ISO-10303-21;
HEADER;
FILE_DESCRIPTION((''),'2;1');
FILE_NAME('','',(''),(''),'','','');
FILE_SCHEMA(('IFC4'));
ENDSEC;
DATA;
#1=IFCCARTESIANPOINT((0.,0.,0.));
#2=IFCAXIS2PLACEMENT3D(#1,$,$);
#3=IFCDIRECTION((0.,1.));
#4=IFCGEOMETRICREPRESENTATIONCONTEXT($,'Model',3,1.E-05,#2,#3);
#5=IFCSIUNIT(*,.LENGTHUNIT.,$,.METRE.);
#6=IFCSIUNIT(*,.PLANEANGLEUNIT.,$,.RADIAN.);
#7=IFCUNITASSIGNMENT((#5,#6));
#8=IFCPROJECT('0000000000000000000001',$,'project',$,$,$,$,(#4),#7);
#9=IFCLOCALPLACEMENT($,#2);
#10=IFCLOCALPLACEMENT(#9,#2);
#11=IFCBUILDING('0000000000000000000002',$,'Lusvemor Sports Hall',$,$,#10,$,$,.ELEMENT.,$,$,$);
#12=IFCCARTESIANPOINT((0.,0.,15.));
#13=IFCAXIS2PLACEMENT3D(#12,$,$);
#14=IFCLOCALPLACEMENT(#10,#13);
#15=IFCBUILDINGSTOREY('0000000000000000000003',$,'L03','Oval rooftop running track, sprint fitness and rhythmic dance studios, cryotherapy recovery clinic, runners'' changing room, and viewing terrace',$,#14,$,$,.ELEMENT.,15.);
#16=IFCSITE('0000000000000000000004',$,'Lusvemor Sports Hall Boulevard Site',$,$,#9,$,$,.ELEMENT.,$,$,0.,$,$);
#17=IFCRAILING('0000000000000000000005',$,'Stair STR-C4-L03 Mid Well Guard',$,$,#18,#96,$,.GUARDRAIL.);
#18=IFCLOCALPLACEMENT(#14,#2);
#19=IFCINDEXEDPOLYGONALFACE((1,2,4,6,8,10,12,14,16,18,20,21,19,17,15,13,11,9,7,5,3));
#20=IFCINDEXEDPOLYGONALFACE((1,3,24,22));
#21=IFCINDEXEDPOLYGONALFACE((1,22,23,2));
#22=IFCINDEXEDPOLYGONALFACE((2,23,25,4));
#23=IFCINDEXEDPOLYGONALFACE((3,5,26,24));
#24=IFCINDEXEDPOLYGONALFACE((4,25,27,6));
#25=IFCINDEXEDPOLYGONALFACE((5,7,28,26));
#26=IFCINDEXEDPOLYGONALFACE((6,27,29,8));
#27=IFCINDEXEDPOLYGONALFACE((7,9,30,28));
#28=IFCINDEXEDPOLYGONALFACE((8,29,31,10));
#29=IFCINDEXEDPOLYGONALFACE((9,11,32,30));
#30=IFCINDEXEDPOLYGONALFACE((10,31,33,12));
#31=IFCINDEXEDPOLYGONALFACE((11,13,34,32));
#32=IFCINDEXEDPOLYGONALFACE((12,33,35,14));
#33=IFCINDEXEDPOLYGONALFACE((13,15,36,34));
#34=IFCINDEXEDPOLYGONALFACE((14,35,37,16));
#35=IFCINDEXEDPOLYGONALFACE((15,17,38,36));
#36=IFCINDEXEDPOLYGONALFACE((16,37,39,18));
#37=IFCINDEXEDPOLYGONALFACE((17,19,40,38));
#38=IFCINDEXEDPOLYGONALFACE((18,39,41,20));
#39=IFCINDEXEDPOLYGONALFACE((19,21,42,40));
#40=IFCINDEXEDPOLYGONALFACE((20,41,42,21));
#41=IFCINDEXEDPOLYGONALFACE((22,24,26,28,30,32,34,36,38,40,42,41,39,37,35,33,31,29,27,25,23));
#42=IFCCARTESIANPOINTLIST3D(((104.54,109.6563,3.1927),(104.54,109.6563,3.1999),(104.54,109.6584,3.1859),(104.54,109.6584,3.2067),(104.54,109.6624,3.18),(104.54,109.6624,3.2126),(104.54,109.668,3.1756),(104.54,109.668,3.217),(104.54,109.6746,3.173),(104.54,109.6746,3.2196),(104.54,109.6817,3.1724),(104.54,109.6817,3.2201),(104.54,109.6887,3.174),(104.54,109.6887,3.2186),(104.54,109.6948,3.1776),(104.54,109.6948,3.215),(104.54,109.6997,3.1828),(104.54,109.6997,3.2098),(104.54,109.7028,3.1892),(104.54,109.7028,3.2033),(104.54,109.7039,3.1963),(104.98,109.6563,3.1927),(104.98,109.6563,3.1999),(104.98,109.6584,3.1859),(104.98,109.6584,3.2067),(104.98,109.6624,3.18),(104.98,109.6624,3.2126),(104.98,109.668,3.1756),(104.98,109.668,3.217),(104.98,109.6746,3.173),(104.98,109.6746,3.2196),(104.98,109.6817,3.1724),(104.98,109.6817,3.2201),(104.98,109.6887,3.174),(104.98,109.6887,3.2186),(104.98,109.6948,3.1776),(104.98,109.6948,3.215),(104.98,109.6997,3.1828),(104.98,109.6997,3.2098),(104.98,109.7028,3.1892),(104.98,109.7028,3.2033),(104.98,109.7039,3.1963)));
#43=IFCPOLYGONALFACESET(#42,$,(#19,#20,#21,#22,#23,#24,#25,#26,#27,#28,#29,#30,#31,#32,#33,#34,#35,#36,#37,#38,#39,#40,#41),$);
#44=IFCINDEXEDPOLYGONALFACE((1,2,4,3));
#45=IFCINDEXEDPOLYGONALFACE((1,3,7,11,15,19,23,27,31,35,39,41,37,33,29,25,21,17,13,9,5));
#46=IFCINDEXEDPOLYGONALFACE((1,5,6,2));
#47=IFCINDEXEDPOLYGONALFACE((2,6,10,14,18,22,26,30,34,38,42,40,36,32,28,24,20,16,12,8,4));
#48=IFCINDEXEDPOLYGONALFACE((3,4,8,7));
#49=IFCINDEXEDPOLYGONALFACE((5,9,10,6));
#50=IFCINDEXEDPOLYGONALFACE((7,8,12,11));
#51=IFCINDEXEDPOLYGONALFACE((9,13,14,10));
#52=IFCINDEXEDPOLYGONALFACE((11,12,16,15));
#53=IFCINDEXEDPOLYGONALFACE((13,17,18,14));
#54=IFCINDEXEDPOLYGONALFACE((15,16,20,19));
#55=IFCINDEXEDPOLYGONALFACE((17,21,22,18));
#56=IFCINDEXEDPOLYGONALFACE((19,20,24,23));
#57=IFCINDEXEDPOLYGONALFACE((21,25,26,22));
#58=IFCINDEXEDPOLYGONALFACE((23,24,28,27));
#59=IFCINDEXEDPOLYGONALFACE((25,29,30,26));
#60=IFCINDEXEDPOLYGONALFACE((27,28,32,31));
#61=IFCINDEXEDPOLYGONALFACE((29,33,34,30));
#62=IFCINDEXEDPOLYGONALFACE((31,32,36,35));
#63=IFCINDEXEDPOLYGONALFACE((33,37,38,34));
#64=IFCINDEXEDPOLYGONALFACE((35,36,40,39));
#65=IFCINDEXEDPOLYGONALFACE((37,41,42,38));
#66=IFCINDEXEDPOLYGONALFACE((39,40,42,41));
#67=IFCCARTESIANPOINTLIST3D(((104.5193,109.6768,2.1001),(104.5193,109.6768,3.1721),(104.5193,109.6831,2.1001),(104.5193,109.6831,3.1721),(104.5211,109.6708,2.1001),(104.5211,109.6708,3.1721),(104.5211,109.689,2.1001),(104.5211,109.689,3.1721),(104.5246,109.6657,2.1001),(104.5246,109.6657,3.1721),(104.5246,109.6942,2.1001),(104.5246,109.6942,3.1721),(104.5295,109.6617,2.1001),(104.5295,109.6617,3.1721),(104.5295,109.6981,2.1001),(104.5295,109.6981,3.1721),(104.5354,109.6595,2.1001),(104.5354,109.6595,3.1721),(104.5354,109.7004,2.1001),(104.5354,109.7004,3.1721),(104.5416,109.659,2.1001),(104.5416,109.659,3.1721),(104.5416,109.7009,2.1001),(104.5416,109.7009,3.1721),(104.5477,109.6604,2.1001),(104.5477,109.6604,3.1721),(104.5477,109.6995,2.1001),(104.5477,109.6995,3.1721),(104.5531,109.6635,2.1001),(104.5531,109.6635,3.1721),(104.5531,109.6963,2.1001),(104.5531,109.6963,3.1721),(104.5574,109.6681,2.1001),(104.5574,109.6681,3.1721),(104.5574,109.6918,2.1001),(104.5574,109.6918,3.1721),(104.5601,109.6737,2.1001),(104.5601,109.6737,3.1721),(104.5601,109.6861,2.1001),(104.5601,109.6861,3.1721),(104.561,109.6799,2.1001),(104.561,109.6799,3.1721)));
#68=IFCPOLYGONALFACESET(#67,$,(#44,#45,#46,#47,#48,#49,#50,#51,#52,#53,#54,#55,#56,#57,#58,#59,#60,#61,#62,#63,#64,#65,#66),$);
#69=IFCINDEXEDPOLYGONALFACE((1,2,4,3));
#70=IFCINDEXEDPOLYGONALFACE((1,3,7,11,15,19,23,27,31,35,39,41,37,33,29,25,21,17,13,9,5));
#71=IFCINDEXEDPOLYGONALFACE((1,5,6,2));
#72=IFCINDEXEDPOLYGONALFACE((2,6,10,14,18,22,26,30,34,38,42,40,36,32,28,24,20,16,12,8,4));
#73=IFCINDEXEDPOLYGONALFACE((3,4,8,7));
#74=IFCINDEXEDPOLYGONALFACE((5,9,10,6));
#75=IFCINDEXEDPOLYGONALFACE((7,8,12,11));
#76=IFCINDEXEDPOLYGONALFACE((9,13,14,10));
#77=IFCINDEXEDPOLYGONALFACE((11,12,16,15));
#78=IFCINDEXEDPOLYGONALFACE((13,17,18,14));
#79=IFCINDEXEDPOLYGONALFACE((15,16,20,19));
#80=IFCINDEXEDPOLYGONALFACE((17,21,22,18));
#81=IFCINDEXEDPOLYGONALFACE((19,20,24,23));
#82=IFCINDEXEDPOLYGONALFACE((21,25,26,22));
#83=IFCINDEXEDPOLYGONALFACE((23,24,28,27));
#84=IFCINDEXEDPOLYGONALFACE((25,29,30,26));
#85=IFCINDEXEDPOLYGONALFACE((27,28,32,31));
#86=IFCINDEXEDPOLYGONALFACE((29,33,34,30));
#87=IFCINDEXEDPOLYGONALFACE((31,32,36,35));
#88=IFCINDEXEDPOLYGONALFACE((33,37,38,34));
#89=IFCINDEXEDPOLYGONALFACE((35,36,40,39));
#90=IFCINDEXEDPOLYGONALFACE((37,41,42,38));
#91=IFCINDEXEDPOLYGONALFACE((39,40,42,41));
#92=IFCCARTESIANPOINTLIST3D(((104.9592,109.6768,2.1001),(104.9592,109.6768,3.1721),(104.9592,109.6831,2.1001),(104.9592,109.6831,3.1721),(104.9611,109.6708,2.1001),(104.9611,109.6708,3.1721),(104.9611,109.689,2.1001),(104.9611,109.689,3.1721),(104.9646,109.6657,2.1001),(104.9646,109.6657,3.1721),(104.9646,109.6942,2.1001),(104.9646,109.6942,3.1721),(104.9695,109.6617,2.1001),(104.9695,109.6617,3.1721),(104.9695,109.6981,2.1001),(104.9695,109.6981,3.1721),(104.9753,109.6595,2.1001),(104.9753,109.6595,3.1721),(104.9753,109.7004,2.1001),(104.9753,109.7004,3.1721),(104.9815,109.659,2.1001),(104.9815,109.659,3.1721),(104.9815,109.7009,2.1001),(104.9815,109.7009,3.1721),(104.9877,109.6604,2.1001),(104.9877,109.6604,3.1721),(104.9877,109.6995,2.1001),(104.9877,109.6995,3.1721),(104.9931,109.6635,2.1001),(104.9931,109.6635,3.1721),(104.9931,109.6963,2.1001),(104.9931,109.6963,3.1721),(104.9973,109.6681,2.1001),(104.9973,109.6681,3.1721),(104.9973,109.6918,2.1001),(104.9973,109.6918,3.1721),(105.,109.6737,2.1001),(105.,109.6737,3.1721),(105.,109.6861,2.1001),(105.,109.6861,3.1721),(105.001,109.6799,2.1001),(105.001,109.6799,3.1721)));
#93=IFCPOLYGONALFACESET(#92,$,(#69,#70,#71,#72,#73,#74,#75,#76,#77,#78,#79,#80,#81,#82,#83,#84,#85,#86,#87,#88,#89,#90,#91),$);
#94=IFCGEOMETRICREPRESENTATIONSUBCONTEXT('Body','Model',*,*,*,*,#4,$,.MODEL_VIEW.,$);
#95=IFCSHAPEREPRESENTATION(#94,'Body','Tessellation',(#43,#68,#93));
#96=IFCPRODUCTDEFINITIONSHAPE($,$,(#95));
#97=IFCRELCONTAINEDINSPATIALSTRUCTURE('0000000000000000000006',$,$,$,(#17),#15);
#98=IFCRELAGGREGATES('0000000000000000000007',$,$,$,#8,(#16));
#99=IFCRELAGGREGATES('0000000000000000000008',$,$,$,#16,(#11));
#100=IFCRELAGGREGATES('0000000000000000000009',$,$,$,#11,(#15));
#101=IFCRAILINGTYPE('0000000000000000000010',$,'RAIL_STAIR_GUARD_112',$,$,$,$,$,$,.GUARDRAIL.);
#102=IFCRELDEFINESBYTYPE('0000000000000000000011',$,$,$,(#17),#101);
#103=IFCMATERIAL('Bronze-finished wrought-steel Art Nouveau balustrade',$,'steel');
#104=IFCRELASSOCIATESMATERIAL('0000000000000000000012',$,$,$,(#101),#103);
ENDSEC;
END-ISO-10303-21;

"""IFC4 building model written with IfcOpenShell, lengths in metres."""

from ifc_helpers import new_model, si_unit, direction, frame, origin, origin_2d, place, context, subcontext, project, spatial, circle, extrude, material, type_object, element, save


model = new_model("IFC4")

# Units and contexts
model_context = context("Model", 3, precision=1e-05, world=origin(), true_north=direction((0.0, 1.0)))
body_context = subcontext(model_context, "Body", "Model", "MODEL_VIEW")
ifc_project = project(units=[si_unit("LENGTHUNIT", "METRE"), si_unit("PLANEANGLEUNIT", "RADIAN")], contexts=[model_context])

# Site, building, storey
site_placement = place(None, origin())
site = spatial("IfcSite", under=ifc_project, at=site_placement, Name="Lusvemor Sports Hall Boulevard Site", CompositionType="ELEMENT", RefElevation=0.0)
building_placement = place(site_placement, origin())
building = spatial("IfcBuilding", under=site, at=building_placement, Name="Lusvemor Sports Hall", CompositionType="ELEMENT")
storey_placement = place(building_placement, frame((0.0, 0.0, 15.0)))
storey = spatial("IfcBuildingStorey", under=building, at=storey_placement, Name="L03", Description="Oval rooftop running track, sprint fitness and rhythmic dance studios, cryotherapy recovery clinic, runners' changing room, and viewing terrace", CompositionType="ELEMENT", Elevation=15.0)

# Railing
ifc_material_1 = material(Name="Bronze-finished wrought-steel Art Nouveau balustrade", Category="steel")
railing_type_1 = type_object("IfcRailingType", Name="RAIL_STAIR_GUARD_112", PredefinedType="GUARDRAIL", material=ifc_material_1)
railing_1_placement = place(storey_placement, frame((104.54, 109.6799, 2.1001)))
element("IfcRailing", 1, at=railing_1_placement, inside=storey, type_object=railing_type_1, Name="Stair STR-C4-L03 Mid Well Guard", PredefinedType="GUARDRAIL", context=body_context, shape_type="SweptSolid", body=[
    extrude(circle(Radius=0.0239, at=origin_2d()), frame((0.0, 0.0, 1.0962), z_axis=(1.0, 0.0, 0.0), x_axis=(0.0, 1.0, 0.0)), (0.0, 0.0, 1.0), 0.4399),
    extrude(circle(Radius=0.021, at=origin_2d()), origin(), (0.0, 0.0, 1.0), 1.072),
    extrude(circle(Radius=0.021, at=origin_2d()), frame((0.4399, 0.0, 0.0)), (0.0, 0.0, 1.0), 1.072),
])

save(model, "model.ifc")
